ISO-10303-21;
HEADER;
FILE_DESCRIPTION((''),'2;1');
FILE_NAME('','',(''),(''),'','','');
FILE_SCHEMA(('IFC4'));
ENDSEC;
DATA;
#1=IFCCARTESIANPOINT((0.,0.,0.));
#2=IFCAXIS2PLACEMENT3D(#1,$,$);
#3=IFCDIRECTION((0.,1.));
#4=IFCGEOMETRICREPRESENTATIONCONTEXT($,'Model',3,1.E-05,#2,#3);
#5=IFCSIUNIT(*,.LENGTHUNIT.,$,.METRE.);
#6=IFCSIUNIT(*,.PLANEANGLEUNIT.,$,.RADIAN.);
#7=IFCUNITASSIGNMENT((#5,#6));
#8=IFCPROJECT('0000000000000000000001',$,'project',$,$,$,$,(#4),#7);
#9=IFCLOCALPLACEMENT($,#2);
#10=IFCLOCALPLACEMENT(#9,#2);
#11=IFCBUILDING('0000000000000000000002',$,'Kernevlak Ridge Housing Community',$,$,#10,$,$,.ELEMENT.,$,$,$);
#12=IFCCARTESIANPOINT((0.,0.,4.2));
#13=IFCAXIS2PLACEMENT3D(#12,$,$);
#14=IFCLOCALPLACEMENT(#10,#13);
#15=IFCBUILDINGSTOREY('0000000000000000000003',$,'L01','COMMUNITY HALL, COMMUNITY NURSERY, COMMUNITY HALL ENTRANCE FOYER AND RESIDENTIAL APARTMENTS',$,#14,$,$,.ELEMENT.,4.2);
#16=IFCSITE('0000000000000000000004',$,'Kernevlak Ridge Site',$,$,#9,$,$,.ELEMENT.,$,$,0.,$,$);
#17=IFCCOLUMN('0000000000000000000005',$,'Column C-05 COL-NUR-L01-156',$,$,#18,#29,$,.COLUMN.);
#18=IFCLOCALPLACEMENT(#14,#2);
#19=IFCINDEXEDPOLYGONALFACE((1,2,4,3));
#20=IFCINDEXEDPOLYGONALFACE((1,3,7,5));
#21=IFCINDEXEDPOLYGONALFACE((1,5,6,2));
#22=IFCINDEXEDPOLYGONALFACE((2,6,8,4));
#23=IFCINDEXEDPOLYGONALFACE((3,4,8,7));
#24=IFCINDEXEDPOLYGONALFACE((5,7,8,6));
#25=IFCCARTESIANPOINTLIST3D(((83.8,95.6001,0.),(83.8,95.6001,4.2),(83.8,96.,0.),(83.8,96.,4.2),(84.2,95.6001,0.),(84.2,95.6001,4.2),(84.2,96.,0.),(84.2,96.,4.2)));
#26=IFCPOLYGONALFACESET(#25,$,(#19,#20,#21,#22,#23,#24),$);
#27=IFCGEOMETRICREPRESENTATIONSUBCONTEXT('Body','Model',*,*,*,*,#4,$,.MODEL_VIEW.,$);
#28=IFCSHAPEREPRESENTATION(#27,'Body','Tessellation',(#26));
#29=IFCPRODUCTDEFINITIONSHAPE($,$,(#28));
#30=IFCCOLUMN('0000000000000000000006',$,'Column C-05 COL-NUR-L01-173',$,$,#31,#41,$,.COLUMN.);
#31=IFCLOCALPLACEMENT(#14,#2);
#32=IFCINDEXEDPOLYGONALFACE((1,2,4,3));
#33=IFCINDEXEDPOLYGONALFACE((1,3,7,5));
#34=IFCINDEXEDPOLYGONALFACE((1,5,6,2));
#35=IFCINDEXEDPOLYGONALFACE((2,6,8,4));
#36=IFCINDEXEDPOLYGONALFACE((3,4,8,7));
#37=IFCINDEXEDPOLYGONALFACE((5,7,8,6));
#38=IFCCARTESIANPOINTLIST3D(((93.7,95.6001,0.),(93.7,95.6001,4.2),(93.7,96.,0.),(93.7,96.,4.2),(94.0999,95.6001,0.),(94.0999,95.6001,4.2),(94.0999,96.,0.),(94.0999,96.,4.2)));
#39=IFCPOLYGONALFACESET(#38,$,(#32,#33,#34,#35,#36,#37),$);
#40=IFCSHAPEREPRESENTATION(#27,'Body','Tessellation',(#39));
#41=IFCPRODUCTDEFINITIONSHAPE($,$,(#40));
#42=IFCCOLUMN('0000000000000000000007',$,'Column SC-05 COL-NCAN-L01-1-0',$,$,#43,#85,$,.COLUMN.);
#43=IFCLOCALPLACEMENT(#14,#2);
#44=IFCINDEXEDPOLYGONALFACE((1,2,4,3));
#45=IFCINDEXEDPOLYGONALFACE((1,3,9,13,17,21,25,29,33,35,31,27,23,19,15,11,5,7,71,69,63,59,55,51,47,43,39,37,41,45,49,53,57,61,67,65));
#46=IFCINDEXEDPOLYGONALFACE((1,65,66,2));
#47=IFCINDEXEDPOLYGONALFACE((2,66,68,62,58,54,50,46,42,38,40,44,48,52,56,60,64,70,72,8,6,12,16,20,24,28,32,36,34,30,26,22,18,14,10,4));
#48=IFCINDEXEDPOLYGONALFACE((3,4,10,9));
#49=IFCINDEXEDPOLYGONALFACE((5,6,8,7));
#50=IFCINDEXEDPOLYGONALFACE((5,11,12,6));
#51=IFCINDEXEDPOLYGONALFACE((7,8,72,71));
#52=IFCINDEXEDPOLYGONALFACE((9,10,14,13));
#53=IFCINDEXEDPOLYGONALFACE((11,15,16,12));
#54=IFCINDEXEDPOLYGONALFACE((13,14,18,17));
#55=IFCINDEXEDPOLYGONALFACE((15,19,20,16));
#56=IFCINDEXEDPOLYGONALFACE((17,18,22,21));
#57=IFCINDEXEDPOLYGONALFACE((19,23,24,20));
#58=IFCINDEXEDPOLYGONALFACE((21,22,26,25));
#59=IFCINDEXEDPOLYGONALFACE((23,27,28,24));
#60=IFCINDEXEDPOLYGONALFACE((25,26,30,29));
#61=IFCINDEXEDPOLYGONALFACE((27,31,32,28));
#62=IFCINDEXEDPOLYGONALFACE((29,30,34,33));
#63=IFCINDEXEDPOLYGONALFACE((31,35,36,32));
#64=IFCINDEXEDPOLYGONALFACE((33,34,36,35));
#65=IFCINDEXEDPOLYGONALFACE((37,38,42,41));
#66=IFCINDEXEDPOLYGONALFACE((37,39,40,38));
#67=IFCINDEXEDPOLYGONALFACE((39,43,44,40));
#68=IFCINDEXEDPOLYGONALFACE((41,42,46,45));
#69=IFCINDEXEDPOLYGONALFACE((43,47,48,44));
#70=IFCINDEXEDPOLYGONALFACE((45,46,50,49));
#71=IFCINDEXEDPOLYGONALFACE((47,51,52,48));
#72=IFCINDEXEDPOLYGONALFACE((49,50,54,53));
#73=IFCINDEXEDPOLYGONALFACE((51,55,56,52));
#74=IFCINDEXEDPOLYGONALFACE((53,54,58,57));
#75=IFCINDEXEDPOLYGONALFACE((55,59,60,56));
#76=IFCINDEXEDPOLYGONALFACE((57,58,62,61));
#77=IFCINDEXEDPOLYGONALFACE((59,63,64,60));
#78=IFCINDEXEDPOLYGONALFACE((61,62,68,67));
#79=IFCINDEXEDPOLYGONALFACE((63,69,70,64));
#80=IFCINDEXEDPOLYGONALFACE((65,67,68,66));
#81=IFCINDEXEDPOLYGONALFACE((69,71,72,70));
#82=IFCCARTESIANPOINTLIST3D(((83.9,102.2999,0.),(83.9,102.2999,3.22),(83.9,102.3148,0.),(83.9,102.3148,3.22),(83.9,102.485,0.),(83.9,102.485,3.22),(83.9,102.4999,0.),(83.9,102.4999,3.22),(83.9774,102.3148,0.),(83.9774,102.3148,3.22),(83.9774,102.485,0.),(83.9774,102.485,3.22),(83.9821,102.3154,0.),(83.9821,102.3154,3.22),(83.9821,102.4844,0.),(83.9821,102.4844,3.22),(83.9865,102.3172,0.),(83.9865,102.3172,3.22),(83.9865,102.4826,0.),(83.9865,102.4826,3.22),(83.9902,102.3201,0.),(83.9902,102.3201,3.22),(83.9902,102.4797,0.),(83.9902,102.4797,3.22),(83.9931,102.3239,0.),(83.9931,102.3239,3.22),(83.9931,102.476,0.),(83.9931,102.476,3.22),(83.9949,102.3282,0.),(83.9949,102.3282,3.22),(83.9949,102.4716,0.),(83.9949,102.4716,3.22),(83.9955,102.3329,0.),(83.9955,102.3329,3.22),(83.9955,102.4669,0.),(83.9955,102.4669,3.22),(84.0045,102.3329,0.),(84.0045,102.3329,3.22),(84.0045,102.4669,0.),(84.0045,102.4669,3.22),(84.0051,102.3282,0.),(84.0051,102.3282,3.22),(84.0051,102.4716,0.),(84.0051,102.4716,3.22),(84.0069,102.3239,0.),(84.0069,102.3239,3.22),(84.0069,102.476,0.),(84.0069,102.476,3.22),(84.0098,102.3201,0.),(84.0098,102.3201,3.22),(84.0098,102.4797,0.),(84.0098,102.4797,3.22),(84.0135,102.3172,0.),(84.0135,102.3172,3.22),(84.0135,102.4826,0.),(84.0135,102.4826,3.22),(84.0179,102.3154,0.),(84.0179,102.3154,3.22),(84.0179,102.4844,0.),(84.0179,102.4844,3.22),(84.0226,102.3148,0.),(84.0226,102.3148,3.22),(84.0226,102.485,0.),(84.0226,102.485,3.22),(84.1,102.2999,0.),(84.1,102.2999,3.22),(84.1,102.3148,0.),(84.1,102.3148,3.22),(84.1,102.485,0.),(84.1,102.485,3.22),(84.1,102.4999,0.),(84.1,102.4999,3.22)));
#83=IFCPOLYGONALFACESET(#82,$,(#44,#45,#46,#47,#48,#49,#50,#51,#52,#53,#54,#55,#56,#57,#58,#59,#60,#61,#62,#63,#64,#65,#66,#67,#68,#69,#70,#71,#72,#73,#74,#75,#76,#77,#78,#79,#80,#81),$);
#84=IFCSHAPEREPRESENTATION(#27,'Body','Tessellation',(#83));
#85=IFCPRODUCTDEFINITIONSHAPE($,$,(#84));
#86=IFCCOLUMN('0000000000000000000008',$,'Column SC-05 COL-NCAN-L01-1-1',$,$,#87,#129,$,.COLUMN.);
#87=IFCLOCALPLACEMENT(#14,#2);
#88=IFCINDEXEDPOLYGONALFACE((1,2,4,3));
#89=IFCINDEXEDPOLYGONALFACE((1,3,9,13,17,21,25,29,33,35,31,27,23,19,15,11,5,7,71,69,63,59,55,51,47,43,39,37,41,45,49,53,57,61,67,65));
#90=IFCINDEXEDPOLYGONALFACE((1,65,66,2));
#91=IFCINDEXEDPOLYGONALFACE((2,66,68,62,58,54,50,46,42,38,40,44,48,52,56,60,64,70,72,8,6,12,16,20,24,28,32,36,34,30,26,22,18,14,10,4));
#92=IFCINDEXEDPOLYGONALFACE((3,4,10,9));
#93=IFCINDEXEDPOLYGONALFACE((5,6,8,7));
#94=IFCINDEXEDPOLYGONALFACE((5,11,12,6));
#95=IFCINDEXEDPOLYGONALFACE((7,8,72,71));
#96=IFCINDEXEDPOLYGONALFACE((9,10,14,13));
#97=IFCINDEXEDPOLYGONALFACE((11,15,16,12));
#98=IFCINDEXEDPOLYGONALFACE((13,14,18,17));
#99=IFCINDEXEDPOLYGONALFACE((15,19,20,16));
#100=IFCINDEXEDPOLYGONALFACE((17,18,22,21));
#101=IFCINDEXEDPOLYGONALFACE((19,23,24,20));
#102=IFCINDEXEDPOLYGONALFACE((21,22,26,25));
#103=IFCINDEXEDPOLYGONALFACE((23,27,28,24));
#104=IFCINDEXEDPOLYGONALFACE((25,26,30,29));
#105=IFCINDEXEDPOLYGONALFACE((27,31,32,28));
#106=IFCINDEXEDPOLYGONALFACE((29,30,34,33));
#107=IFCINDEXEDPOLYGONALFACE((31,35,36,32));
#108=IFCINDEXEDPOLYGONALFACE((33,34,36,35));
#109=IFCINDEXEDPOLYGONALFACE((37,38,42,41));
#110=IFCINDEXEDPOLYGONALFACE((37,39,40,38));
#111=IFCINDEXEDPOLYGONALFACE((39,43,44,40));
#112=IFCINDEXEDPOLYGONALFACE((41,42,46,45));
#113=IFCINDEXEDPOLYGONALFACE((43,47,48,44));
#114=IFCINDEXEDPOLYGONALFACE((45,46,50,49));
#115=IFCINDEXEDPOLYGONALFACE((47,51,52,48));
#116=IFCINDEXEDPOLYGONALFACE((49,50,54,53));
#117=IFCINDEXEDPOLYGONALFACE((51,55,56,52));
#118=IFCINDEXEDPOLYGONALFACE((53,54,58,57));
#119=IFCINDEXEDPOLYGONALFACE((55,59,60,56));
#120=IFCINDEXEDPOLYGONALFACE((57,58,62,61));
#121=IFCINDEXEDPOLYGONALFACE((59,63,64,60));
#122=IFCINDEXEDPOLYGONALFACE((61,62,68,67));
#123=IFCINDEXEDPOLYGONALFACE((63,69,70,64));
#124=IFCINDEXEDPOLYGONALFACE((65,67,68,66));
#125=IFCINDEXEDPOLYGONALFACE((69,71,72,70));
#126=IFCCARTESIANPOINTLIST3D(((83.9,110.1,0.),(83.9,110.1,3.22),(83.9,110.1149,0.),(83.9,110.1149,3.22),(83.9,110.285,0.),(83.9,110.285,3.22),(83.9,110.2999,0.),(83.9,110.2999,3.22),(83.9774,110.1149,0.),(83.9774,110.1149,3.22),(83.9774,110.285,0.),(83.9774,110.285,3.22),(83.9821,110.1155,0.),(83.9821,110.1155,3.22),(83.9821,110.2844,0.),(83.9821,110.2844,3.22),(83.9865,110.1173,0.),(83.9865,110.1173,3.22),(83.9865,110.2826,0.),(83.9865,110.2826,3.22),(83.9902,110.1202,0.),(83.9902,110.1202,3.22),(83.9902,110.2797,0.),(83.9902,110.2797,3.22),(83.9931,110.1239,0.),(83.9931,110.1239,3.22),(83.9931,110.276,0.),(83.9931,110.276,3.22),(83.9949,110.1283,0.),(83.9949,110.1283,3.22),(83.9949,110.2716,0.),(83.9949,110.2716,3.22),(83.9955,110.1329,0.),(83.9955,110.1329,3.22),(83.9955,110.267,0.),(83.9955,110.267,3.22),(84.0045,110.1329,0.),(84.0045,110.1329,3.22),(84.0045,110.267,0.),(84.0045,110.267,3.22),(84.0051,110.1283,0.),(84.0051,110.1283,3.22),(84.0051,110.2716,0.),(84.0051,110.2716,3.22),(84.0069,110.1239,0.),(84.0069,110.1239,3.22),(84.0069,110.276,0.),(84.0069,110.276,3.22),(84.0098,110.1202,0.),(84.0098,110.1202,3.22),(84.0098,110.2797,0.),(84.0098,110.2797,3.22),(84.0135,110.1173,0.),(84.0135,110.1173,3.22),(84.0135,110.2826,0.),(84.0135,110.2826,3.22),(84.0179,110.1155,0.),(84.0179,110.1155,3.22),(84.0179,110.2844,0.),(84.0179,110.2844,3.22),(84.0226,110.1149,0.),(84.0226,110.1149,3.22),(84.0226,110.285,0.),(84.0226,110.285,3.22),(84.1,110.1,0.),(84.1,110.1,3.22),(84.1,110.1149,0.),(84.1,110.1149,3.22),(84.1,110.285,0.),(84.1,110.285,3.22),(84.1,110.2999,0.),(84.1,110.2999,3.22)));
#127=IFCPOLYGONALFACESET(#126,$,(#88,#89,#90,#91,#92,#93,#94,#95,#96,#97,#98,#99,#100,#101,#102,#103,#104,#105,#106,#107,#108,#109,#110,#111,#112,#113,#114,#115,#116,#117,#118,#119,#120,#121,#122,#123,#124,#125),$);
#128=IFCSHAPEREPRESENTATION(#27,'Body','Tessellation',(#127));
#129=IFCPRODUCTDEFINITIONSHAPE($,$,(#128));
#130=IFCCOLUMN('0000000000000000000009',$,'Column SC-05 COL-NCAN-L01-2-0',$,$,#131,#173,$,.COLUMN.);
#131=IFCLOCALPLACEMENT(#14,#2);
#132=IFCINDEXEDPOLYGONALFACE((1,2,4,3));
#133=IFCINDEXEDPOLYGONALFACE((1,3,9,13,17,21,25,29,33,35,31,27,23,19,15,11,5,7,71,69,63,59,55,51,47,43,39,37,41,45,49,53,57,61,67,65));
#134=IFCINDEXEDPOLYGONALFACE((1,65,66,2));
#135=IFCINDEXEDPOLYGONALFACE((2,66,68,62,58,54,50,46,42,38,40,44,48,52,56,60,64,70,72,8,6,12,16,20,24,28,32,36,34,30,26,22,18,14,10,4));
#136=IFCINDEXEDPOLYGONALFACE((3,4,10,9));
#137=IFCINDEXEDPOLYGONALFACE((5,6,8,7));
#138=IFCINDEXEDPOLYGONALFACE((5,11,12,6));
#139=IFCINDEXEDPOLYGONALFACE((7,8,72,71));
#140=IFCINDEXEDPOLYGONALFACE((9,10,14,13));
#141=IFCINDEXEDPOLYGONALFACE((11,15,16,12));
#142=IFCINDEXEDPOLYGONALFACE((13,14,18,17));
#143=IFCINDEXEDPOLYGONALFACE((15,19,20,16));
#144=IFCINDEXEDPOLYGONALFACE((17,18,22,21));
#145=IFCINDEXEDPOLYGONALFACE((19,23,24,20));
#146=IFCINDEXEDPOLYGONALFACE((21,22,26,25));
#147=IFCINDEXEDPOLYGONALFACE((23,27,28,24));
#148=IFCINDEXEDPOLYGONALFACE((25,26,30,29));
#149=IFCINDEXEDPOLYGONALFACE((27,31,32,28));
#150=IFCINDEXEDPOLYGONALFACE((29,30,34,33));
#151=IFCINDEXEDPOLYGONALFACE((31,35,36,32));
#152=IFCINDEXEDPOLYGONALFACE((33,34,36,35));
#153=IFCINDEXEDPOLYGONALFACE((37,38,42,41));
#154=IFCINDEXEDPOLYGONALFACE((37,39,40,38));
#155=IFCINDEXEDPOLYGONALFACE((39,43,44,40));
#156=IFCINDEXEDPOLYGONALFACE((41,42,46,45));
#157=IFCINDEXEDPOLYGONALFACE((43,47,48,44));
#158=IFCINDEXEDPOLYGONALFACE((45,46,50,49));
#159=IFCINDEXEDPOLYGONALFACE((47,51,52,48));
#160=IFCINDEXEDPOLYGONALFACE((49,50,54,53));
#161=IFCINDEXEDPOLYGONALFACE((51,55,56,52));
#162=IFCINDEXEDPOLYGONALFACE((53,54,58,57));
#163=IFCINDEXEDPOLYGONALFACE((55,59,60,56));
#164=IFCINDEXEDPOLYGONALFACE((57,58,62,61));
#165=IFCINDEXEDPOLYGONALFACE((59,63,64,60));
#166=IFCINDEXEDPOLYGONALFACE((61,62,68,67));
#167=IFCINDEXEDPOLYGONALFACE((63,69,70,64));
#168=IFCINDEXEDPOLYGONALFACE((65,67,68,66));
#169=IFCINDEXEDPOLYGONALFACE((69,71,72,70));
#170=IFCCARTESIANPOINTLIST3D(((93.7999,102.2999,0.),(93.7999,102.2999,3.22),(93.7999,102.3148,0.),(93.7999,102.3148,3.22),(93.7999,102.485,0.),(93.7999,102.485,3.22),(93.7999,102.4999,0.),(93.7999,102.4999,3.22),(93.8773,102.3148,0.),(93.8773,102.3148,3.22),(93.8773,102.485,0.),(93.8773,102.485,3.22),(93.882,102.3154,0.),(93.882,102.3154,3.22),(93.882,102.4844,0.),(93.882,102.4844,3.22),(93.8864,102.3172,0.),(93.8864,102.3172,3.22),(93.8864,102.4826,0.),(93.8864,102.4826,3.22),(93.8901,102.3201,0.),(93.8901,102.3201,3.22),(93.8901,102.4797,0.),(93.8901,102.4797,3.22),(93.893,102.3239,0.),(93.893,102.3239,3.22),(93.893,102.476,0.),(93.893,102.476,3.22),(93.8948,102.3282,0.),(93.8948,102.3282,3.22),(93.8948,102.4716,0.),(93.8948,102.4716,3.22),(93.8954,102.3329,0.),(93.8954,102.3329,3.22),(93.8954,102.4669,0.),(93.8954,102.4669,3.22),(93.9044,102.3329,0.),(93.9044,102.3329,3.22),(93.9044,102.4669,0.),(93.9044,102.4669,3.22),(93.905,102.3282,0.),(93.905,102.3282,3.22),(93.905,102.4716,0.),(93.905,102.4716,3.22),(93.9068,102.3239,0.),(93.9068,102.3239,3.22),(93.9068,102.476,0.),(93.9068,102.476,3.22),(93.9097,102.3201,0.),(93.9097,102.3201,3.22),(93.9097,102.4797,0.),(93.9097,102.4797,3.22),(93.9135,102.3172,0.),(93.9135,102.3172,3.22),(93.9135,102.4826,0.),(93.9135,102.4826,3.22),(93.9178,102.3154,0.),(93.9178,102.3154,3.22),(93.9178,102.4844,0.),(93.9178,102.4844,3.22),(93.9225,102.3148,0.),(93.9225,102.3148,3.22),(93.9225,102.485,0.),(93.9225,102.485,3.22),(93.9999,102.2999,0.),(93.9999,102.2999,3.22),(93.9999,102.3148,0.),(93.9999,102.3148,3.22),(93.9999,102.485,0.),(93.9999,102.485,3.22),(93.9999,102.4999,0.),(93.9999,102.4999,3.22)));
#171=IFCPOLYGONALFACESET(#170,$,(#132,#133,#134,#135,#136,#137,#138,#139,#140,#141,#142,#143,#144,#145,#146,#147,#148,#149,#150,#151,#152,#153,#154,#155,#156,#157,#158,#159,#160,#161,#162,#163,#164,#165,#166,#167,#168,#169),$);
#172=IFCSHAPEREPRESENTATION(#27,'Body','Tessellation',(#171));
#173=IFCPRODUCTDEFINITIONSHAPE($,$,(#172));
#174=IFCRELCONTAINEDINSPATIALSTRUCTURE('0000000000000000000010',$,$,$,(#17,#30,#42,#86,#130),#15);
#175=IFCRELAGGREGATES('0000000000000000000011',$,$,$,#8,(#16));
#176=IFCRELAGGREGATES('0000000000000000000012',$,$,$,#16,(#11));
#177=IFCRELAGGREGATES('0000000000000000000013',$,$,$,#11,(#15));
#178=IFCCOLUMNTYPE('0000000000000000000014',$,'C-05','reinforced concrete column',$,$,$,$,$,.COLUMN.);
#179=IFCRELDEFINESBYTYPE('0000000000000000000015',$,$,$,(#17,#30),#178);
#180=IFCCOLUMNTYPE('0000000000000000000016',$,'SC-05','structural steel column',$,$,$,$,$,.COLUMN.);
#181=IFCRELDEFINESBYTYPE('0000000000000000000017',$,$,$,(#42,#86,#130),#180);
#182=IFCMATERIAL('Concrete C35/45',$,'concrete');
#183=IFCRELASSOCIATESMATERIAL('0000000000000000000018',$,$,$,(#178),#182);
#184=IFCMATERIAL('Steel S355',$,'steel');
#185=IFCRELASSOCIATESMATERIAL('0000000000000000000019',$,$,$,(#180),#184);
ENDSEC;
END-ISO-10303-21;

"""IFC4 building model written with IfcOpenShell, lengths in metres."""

from ifc_helpers import new_model, si_unit, direction, frame, origin, origin_2d, place, context, subcontext, project, spatial, rectangle, i_section, extrude, material, material_profile, profile_set, type_object, element, save


model = new_model("IFC4")

# Units and contexts
model_context = context("Model", 3, precision=1e-05, world=origin(), true_north=direction((0.0, 1.0)))
body_context = subcontext(model_context, "Body", "Model", "MODEL_VIEW")
ifc_project = project(units=[si_unit("LENGTHUNIT", "METRE"), si_unit("PLANEANGLEUNIT", "RADIAN")], contexts=[model_context])

# Site, building, storey
site_placement = place(None, origin())
site = spatial("IfcSite", under=ifc_project, at=site_placement, Name="Kernevlak Ridge Site", CompositionType="ELEMENT", RefElevation=0.0)
building_placement = place(site_placement, origin())
building = spatial("IfcBuilding", under=site, at=building_placement, Name="Kernevlak Ridge Housing Community", CompositionType="ELEMENT")
storey_placement = place(building_placement, frame((0.0, 0.0, 4.2)))
storey = spatial("IfcBuildingStorey", under=building, at=storey_placement, Name="L01", Description="COMMUNITY HALL, COMMUNITY NURSERY, COMMUNITY HALL ENTRANCE FOYER AND RESIDENTIAL APARTMENTS", CompositionType="ELEMENT", Elevation=4.2)

# Columns
ifc_material_1 = material(Name="Concrete C35/45", Category="concrete")
ifc_material_profile_1 = material_profile(ifc_material_1, rectangle(XDim=0.3999, YDim=0.3999, at=origin_2d()), Name="RC 400x400")
ifc_profile_set_1 = profile_set([ifc_material_profile_1], Name="Concrete C35/45")
column_type_1 = type_object("IfcColumnType", Name="C-05", Description="reinforced concrete column", PredefinedType="COLUMN", material=ifc_profile_set_1)
for number, where, z_axis, x_axis, name in (
    (1, (84.0, 95.8, 0.0), (0.0, 0.0, 1.0), (1.0, 0.0, 0.0), "Column C-05 COL-NUR-L01-156"),
    (2, (93.8999, 95.8, 0.0), (0.0, 0.0, 1.0), (1.0, 0.0, 0.0), "Column C-05 COL-NUR-L01-173"),
):
    element("IfcColumn", number, at=place(storey_placement, frame(where, z_axis=z_axis, x_axis=x_axis)), inside=storey, type_object=column_type_1, Name=name, PredefinedType="COLUMN", context=body_context, shape_type="SweptSolid", body=[
        extrude(rectangle(XDim=0.3999, YDim=0.3999, at=origin_2d()), origin(), (0.0, 0.0, 1.0), 4.2),
    ])
ifc_material_2 = material(Name="Steel S355", Category="steel")
ifc_material_profile_2 = material_profile(ifc_material_2, i_section(OverallWidth=0.2, OverallDepth=0.2, WebThickness=0.009, FlangeThickness=0.0149, FilletRadius=0.0181, at=origin_2d()), Name="HEB 200")
ifc_profile_set_2 = profile_set([ifc_material_profile_2], Name="Steel S355")
column_type_2 = type_object("IfcColumnType", Name="SC-05", Description="structural steel column", PredefinedType="COLUMN", material=ifc_profile_set_2)
for number, where, z_axis, x_axis, name in (
    (3, (84.0, 102.3999, 0.0), (0.0, 0.0, 1.0), (1.0, 0.0, 0.0), "Column SC-05 COL-NCAN-L01-1-0"),
    (4, (84.0, 110.2, 0.0), (0.0, 0.0, 1.0), (1.0, 0.0, 0.0), "Column SC-05 COL-NCAN-L01-1-1"),
    (5, (93.8999, 102.3999, 0.0), (0.0, 0.0, 1.0), (1.0, 0.0, 0.0), "Column SC-05 COL-NCAN-L01-2-0"),
):
    element("IfcColumn", number, at=place(storey_placement, frame(where, z_axis=z_axis, x_axis=x_axis)), inside=storey, type_object=column_type_2, Name=name, PredefinedType="COLUMN", context=body_context, shape_type="SweptSolid", body=[
        extrude(i_section(OverallWidth=0.2, OverallDepth=0.2, WebThickness=0.009, FlangeThickness=0.0149, FilletRadius=0.0181, at=origin_2d()), origin(), (0.0, 0.0, 1.0), 3.22),
    ])

save(model, "model.ifc")
